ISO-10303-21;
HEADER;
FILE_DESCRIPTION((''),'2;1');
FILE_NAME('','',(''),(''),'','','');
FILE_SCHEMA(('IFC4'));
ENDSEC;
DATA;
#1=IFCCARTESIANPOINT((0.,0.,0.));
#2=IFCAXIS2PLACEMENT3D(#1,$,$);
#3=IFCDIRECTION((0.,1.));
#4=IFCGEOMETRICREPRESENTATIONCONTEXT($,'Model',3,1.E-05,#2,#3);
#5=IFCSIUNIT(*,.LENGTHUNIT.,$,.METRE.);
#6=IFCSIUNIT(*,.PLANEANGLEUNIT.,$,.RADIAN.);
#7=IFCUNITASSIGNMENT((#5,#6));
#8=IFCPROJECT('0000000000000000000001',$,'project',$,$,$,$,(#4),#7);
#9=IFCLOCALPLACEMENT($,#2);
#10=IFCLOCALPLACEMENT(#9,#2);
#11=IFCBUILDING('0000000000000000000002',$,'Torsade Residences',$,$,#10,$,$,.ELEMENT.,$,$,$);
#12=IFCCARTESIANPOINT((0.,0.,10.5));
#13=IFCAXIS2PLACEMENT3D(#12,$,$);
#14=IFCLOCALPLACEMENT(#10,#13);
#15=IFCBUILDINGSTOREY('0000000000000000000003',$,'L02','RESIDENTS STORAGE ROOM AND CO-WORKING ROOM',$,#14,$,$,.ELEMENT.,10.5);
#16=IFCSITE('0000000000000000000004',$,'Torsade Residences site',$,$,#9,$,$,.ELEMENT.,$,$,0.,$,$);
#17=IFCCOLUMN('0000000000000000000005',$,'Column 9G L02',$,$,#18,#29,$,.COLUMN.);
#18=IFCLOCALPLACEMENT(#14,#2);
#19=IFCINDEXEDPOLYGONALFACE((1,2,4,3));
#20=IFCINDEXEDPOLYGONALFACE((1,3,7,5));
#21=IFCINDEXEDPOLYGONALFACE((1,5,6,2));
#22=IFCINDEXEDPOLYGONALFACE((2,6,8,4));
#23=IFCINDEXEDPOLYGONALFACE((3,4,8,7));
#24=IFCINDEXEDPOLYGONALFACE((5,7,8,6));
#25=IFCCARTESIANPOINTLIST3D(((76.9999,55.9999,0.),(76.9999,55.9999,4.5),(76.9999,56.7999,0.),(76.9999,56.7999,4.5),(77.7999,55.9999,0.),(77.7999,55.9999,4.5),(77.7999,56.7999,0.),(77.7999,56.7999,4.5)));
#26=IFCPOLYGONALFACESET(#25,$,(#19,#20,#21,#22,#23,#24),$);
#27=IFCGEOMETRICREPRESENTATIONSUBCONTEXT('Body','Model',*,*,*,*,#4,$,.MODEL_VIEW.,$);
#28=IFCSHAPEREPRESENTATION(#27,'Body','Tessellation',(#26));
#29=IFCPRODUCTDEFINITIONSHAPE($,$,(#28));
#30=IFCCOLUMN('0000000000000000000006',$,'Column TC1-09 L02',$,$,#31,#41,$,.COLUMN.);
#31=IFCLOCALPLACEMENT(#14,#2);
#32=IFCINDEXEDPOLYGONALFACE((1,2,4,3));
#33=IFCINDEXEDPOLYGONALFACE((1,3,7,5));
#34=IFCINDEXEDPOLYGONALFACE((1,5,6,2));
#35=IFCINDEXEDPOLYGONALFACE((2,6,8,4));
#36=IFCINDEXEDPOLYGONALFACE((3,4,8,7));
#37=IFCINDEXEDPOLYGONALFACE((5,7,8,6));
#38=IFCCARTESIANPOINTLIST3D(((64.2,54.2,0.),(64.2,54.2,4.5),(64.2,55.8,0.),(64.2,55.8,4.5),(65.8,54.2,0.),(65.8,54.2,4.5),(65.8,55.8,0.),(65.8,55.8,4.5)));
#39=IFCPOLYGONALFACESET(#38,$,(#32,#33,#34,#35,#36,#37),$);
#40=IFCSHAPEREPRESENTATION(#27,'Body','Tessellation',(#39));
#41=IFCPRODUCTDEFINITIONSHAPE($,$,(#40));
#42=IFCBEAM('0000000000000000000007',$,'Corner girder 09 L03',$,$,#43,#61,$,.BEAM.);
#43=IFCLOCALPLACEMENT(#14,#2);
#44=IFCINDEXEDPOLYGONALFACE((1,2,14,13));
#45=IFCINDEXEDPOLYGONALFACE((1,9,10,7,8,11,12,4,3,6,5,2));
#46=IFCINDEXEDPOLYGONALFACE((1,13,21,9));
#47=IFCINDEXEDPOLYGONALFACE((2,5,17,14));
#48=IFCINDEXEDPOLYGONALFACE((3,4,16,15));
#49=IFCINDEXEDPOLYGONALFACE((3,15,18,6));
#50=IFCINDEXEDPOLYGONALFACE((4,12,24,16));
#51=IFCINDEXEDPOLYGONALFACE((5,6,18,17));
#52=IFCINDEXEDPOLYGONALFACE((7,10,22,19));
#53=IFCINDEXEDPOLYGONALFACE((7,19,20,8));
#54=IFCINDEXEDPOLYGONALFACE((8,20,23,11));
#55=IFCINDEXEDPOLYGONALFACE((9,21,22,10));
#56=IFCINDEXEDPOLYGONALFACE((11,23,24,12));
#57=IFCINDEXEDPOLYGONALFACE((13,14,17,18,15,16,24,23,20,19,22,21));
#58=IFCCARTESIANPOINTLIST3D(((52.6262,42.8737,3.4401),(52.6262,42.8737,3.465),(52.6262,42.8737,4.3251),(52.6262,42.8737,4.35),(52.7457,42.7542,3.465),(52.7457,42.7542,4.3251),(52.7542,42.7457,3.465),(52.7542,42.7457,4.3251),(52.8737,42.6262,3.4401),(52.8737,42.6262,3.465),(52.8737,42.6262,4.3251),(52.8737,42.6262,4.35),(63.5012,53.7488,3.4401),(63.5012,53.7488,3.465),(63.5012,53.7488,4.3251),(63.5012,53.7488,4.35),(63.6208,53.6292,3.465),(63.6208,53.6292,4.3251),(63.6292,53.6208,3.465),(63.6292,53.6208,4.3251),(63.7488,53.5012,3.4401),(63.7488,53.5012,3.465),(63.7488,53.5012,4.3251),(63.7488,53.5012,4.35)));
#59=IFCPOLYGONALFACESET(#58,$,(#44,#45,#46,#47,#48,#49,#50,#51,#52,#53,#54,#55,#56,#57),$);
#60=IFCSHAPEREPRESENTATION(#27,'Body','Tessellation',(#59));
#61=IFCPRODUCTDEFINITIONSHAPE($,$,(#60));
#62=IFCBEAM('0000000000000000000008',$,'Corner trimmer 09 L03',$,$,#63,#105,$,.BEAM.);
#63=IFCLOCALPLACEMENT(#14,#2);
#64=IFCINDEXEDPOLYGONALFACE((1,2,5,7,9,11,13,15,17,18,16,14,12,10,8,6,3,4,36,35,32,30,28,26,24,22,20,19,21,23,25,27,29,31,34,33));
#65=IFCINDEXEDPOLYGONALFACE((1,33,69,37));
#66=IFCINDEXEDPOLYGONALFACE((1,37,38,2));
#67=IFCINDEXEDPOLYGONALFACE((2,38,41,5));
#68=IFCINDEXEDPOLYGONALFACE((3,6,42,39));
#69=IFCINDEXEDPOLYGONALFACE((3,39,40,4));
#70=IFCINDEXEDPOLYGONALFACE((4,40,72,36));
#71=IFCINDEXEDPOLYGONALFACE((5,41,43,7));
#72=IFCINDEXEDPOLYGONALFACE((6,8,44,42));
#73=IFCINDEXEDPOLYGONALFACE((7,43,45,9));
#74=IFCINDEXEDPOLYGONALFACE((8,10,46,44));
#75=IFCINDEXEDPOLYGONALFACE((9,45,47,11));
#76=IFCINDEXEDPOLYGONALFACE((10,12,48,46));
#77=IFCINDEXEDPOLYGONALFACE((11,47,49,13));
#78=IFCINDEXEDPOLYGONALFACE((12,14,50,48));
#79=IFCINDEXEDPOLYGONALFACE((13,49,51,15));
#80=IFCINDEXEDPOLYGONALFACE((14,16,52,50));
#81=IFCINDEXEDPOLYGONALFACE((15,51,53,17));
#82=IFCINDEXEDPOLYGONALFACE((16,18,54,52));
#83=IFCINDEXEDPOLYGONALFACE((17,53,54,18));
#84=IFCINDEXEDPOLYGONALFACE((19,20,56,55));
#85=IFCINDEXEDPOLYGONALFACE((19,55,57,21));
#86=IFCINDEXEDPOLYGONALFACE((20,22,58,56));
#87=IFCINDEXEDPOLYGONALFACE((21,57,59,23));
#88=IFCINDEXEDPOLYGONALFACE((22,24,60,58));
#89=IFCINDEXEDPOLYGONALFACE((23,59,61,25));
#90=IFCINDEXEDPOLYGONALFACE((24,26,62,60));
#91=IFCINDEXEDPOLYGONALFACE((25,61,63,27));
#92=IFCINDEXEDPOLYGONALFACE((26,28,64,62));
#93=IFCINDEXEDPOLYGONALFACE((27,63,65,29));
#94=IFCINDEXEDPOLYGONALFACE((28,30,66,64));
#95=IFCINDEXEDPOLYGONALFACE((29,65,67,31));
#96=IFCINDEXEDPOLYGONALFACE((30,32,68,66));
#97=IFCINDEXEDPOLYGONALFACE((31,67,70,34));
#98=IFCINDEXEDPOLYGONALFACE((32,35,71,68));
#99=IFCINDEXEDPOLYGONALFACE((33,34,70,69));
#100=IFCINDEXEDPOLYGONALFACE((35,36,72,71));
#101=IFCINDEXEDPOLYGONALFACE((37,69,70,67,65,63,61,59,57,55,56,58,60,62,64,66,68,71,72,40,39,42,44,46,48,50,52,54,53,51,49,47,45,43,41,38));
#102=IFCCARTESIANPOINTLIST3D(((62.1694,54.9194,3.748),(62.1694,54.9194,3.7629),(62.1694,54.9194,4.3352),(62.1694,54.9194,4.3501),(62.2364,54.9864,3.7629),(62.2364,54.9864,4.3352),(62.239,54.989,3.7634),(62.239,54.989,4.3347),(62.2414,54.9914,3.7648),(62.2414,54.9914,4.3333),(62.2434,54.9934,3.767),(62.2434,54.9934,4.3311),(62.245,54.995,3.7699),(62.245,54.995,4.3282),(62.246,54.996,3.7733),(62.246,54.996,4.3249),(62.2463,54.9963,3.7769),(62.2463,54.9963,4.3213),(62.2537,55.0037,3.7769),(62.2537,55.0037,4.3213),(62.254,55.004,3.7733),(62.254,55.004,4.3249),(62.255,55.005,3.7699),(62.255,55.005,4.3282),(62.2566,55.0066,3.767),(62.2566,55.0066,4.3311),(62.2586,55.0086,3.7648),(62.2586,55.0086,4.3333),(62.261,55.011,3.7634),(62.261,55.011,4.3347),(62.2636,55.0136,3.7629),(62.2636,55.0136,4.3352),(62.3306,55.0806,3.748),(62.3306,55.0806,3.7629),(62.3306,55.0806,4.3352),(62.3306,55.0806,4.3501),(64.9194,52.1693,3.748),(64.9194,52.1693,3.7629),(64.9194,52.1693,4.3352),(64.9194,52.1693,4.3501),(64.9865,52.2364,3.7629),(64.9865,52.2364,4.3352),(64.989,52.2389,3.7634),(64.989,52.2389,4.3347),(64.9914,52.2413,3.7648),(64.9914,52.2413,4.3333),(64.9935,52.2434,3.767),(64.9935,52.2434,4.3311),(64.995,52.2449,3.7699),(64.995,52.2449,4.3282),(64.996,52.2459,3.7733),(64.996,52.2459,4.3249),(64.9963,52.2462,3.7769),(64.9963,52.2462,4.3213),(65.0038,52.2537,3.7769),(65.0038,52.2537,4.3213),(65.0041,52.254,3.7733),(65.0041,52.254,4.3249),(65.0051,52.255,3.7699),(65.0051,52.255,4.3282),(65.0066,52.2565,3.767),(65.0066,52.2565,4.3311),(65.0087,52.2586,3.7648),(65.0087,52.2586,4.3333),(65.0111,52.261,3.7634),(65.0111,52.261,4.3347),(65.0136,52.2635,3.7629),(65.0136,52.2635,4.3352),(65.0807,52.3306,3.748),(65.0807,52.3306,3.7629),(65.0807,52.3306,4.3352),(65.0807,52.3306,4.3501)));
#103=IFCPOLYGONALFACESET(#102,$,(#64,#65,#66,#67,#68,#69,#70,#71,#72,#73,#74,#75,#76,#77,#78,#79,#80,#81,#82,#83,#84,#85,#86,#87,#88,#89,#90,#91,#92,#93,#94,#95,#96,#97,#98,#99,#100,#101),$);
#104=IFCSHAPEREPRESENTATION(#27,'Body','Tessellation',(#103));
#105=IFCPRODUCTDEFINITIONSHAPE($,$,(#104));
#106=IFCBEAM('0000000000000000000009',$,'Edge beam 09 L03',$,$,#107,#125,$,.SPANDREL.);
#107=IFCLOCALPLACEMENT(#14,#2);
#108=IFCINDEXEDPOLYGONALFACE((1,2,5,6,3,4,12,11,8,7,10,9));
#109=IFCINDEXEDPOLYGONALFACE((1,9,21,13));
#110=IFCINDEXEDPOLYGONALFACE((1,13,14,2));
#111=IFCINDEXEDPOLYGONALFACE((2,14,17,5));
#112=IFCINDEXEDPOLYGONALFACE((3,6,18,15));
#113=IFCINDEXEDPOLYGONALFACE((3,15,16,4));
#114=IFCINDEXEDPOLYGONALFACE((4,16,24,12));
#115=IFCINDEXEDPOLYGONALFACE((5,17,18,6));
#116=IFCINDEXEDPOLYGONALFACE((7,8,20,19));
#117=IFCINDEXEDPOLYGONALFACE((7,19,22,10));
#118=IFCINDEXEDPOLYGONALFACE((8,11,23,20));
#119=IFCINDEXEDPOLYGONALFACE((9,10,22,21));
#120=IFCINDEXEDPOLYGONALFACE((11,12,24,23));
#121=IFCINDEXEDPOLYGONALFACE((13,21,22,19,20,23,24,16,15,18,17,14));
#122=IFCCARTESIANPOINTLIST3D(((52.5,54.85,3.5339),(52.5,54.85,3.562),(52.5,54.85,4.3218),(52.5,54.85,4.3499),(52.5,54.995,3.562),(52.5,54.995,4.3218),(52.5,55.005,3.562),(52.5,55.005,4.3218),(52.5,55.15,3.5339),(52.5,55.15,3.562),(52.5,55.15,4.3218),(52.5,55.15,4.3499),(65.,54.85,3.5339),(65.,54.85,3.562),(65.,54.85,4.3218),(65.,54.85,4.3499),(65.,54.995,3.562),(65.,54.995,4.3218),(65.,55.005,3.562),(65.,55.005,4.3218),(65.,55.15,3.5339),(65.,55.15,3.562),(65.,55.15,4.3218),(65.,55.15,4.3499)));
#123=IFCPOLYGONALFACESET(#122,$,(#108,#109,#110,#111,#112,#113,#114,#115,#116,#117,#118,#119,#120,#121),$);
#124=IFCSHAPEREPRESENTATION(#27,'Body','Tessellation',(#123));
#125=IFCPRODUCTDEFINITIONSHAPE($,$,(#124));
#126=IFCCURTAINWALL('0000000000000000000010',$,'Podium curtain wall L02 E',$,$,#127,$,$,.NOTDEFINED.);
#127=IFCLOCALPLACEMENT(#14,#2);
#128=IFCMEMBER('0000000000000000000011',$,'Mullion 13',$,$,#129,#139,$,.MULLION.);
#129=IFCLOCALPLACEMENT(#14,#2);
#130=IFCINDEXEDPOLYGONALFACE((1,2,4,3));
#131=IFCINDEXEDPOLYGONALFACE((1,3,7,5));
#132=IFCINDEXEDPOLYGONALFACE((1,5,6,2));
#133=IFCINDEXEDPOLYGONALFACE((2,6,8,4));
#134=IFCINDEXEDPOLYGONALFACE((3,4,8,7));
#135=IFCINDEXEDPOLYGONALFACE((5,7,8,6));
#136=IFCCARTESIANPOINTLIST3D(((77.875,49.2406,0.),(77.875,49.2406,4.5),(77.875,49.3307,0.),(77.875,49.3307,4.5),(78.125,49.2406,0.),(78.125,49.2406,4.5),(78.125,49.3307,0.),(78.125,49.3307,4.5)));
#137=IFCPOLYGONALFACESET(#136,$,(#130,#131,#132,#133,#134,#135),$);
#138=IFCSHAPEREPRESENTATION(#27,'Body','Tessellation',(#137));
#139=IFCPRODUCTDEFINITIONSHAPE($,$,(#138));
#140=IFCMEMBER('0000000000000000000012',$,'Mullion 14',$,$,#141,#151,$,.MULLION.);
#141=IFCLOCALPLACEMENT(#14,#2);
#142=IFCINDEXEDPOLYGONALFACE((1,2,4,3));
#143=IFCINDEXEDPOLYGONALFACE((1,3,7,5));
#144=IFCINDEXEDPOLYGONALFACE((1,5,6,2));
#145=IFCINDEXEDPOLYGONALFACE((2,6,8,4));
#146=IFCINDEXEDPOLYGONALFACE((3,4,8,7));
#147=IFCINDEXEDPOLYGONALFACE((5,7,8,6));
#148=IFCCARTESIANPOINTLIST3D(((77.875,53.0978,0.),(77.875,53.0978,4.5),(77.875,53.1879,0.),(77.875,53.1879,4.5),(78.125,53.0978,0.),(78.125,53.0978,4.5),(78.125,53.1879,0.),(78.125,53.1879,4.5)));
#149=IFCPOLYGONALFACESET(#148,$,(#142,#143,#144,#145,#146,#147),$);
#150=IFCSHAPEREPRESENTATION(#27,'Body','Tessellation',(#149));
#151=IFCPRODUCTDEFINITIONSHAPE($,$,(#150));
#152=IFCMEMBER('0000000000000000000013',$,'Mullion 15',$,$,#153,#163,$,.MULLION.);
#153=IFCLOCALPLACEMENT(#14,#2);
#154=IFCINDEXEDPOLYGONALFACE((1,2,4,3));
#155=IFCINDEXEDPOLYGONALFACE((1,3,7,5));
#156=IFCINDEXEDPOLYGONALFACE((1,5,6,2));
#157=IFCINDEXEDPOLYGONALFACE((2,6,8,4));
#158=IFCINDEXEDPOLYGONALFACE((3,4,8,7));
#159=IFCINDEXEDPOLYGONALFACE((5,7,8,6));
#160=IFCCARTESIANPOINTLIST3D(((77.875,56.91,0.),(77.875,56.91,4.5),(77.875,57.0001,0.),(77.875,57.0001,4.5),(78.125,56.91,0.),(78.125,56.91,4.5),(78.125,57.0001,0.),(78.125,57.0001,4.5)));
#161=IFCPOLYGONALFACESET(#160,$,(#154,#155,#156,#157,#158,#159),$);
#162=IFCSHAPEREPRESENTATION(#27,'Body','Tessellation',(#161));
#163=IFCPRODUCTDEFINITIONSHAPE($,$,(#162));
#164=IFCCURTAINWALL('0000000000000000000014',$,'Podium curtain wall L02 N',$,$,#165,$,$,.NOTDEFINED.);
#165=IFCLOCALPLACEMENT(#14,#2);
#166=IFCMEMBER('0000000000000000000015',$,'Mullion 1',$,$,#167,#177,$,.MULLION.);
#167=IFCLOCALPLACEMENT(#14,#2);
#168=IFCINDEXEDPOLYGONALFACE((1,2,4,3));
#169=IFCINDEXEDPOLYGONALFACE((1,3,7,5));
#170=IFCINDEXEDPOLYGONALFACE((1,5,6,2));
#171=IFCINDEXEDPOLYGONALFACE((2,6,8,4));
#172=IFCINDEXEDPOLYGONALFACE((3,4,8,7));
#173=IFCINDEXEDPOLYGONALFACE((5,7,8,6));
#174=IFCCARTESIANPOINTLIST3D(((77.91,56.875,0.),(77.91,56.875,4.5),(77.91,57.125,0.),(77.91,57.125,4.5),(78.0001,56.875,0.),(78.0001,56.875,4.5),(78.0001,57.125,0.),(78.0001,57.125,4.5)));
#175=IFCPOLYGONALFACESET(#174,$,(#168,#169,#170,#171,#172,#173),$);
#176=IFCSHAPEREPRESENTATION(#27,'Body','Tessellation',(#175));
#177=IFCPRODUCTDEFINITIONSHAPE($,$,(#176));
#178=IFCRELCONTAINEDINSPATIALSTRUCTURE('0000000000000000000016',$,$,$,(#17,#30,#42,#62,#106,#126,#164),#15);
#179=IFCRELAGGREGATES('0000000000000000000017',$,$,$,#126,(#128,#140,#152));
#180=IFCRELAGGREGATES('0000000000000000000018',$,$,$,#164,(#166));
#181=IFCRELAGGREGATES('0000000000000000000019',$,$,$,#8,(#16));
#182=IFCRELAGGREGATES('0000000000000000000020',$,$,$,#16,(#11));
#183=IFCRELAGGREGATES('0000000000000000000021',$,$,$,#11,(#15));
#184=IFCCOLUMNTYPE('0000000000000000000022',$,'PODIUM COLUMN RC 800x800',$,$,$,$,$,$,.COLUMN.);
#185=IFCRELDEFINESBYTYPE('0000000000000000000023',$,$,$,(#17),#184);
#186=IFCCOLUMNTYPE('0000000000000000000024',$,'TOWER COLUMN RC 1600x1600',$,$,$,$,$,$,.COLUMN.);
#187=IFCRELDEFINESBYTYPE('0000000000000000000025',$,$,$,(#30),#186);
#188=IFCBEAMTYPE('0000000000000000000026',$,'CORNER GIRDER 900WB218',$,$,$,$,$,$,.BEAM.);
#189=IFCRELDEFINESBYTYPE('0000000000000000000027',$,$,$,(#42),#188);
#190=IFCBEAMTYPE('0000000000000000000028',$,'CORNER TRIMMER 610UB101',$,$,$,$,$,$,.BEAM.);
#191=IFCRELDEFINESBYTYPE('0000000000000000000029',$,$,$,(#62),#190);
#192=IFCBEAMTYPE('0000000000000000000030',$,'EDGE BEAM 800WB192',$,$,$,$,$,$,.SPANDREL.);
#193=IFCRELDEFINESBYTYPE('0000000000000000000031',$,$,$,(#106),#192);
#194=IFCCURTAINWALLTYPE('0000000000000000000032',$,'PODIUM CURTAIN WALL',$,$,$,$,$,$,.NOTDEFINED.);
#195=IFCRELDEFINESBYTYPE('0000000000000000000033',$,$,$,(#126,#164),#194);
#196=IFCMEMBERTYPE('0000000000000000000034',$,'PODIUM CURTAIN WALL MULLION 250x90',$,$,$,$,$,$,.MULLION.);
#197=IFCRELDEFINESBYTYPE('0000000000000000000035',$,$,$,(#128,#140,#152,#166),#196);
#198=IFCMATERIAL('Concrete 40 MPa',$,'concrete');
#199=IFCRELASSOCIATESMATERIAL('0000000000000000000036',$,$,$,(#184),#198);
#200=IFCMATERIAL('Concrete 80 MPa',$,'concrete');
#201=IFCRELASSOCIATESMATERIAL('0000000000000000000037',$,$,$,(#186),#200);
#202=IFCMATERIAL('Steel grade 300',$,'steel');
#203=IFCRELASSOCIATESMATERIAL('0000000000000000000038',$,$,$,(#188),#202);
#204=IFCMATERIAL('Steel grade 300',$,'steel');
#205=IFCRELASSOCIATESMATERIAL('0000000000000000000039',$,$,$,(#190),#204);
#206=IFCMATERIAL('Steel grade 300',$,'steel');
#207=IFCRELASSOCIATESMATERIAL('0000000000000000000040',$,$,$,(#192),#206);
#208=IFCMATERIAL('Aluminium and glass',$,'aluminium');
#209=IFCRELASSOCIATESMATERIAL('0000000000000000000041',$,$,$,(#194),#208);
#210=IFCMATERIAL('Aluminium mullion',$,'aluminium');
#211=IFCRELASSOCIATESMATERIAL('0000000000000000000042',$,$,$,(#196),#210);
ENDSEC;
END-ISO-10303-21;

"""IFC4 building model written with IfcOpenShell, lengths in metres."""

from ifc_helpers import new_model, si_unit, direction, frame, origin, origin_2d, place, context, subcontext, project, spatial, rectangle, i_section, extrude, material, material_profile, profile_set, type_object, element, aggregate, save


model = new_model("IFC4")

# Units and contexts
model_context = context("Model", 3, precision=1e-05, world=origin(), true_north=direction((0.0, 1.0)))
body_context = subcontext(model_context, "Body", "Model", "MODEL_VIEW")
ifc_project = project(units=[si_unit("LENGTHUNIT", "METRE"), si_unit("PLANEANGLEUNIT", "RADIAN")], contexts=[model_context])

# Site, building, storey
site_placement = place(None, origin())
site = spatial("IfcSite", under=ifc_project, at=site_placement, Name="Torsade Residences site", CompositionType="ELEMENT", RefElevation=0.0)
building_placement = place(site_placement, origin())
building = spatial("IfcBuilding", under=site, at=building_placement, Name="Torsade Residences", CompositionType="ELEMENT")
storey_placement = place(building_placement, frame((0.0, 0.0, 10.5)))
storey = spatial("IfcBuildingStorey", under=building, at=storey_placement, Name="L02", Description="RESIDENTS STORAGE ROOM AND CO-WORKING ROOM", CompositionType="ELEMENT", Elevation=10.5)

# Columns
ifc_material_1 = material(Name="Concrete 40 MPa", Category="concrete")
ifc_material_profile_1 = material_profile(ifc_material_1, rectangle(XDim=0.8, YDim=0.8, at=origin_2d()), Name="RC 800x800")
ifc_profile_set_1 = profile_set([ifc_material_profile_1], Name="Concrete 40 MPa")
column_type_1 = type_object("IfcColumnType", Name="PODIUM COLUMN RC 800x800", PredefinedType="COLUMN", material=ifc_profile_set_1)
column_1_placement = place(storey_placement, frame((77.3999, 56.3999, 0.0), z_axis=(0.0, 0.0, 1.0), x_axis=(1.0, 0.0, 0.0)))
element("IfcColumn", 1, at=column_1_placement, inside=storey, type_object=column_type_1, Name="Column 9G L02", PredefinedType="COLUMN", context=body_context, shape_type="SweptSolid", body=[
    extrude(rectangle(XDim=0.8, YDim=0.8, at=origin_2d()), origin(), (0.0, 0.0, 1.0), 4.5),
])
ifc_material_2 = material(Name="Concrete 80 MPa", Category="concrete")
ifc_material_profile_2 = material_profile(ifc_material_2, rectangle(XDim=1.6001, YDim=1.6001, at=origin_2d()), Name="RC 1600x1600")
ifc_profile_set_2 = profile_set([ifc_material_profile_2], Name="Concrete 80 MPa")
column_type_2 = type_object("IfcColumnType", Name="TOWER COLUMN RC 1600x1600", PredefinedType="COLUMN", material=ifc_profile_set_2)
column_2_placement = place(storey_placement, frame((65.0, 55.0, 0.0), z_axis=(0.0, 0.0, 1.0), x_axis=(1.0, 0.0, 0.0)))
element("IfcColumn", 2, at=column_2_placement, inside=storey, type_object=column_type_2, Name="Column TC1-09 L02", PredefinedType="COLUMN", context=body_context, shape_type="SweptSolid", body=[
    extrude(rectangle(XDim=1.6001, YDim=1.6001, at=origin_2d()), origin(), (0.0, 0.0, 1.0), 4.5),
])

# Beams
ifc_material_3 = material(Name="Steel grade 300", Category="steel")
ifc_material_profile_3 = material_profile(ifc_material_3, i_section(OverallWidth=0.3501, OverallDepth=0.9099, WebThickness=0.012, FlangeThickness=0.0249, at=origin_2d()), Name="900WB218")
ifc_profile_set_3 = profile_set([ifc_material_profile_3], Name="Steel grade 300")
beam_type_1 = type_object("IfcBeamType", Name="CORNER GIRDER 900WB218", PredefinedType="BEAM", material=ifc_profile_set_3)
beam_1_placement = place(storey_placement, frame((63.625, 53.625, 3.895), z_axis=(-0.707107, -0.707107, 0.0), x_axis=(0.707107, -0.707107, 0.0)))
element("IfcBeam", 3, at=beam_1_placement, inside=storey, type_object=beam_type_1, Name="Corner girder 09 L03", PredefinedType="BEAM", context=body_context, shape_type="SweptSolid", body=[
    extrude(i_section(OverallWidth=0.3501, OverallDepth=0.9099, WebThickness=0.012, FlangeThickness=0.0249, at=origin_2d()), origin(), (0.0, 0.0, 1.0), 15.3796),
])
ifc_material_4 = material(Name="Steel grade 300", Category="steel")
ifc_material_profile_4 = material_profile(ifc_material_4, i_section(OverallWidth=0.228, OverallDepth=0.6021, WebThickness=0.0105, FlangeThickness=0.0149, FilletRadius=0.0139, at=origin_2d()), Name="610UB101")
ifc_profile_set_4 = profile_set([ifc_material_profile_4], Name="Steel grade 300")
beam_type_2 = type_object("IfcBeamType", Name="CORNER TRIMMER 610UB101", PredefinedType="BEAM", material=ifc_profile_set_4)
beam_2_placement = place(storey_placement, frame((62.25, 55.0, 4.0491), z_axis=(0.707107, -0.707107, 0.0), x_axis=(0.707107, 0.707107, 0.0)))
element("IfcBeam", 4, at=beam_2_placement, inside=storey, type_object=beam_type_2, Name="Corner trimmer 09 L03", PredefinedType="BEAM", context=body_context, shape_type="SweptSolid", body=[
    extrude(i_section(OverallWidth=0.228, OverallDepth=0.6021, WebThickness=0.0105, FlangeThickness=0.0149, FilletRadius=0.0139, at=origin_2d()), origin(), (0.0, 0.0, 1.0), 3.8892),
])
ifc_material_5 = material(Name="Steel grade 300", Category="steel")
ifc_material_profile_5 = material_profile(ifc_material_5, i_section(OverallWidth=0.3, OverallDepth=0.8159, WebThickness=0.01, FlangeThickness=0.0281, at=origin_2d()), Name="800WB192")
ifc_profile_set_5 = profile_set([ifc_material_profile_5], Name="Steel grade 300")
beam_type_3 = type_object("IfcBeamType", Name="EDGE BEAM 800WB192", PredefinedType="SPANDREL", material=ifc_profile_set_5)
beam_3_placement = place(storey_placement, frame((65.0, 55.0, 3.9419), z_axis=(-1.0, 0.0, 0.0), x_axis=(0.0, -1.0, 0.0)))
element("IfcBeam", 5, at=beam_3_placement, inside=storey, type_object=beam_type_3, Name="Edge beam 09 L03", PredefinedType="SPANDREL", context=body_context, shape_type="SweptSolid", body=[
    extrude(i_section(OverallWidth=0.3, OverallDepth=0.8159, WebThickness=0.01, FlangeThickness=0.0281, at=origin_2d()), origin(), (0.0, 0.0, 1.0), 12.5),
])

# Curtain walls, members
ifc_material_6 = material(Name="Aluminium and glass", Category="aluminium")
curtain_wall_type = type_object("IfcCurtainWallType", Name="PODIUM CURTAIN WALL", PredefinedType="NOTDEFINED", material=ifc_material_6)
curtain_wall_1_placement = place(storey_placement, origin())
curtain_wall_1 = element("IfcCurtainWall", 6, at=curtain_wall_1_placement, inside=storey, type_object=curtain_wall_type, Name="Podium curtain wall L02 E", PredefinedType="NOTDEFINED")
ifc_material_7 = material(Name="Aluminium mullion", Category="aluminium")
ifc_material_profile_6 = material_profile(ifc_material_7, rectangle(XDim=0.25, YDim=0.0901, at=origin_2d()), Name="PODIUM CURTAIN WALL MULLION 250x90")
ifc_profile_set_6 = profile_set([ifc_material_profile_6], Name="Aluminium mullion")
member_type_1 = type_object("IfcMemberType", Name="PODIUM CURTAIN WALL MULLION 250x90", PredefinedType="MULLION", material=ifc_profile_set_6)
member_1_placement = place(storey_placement, frame((78.0, 49.2856, 0.0), z_axis=(0.0, 0.0, 1.0), x_axis=(-1.0, 0.0, 0.0)))
member_1 = element("IfcMember", 7, at=member_1_placement, type_object=member_type_1, Name="Mullion 13", PredefinedType="MULLION", context=body_context, shape_type="SweptSolid", body=[
    extrude(rectangle(XDim=0.25, YDim=0.0901, at=origin_2d()), origin(), (0.0, 0.0, 1.0), 4.5),
])
member_2_placement = place(storey_placement, frame((78.0, 53.1428, 0.0), z_axis=(0.0, 0.0, 1.0), x_axis=(-1.0, 0.0, 0.0)))
member_2 = element("IfcMember", 8, at=member_2_placement, type_object=member_type_1, Name="Mullion 14", PredefinedType="MULLION", context=body_context, shape_type="SweptSolid", body=[
    extrude(rectangle(XDim=0.25, YDim=0.0901, at=origin_2d()), origin(), (0.0, 0.0, 1.0), 4.5),
])
member_3_placement = place(storey_placement, frame((78.0, 56.9551, 0.0), z_axis=(0.0, 0.0, 1.0), x_axis=(-1.0, 0.0, 0.0)))
member_3 = element("IfcMember", 9, at=member_3_placement, type_object=member_type_1, Name="Mullion 15", PredefinedType="MULLION", context=body_context, shape_type="SweptSolid", body=[
    extrude(rectangle(XDim=0.25, YDim=0.0901, at=origin_2d()), origin(), (0.0, 0.0, 1.0), 4.5),
])
curtain_wall_2_placement = place(storey_placement, origin())
curtain_wall_2 = element("IfcCurtainWall", 10, at=curtain_wall_2_placement, inside=storey, type_object=curtain_wall_type, Name="Podium curtain wall L02 N", PredefinedType="NOTDEFINED")
member_4_placement = place(storey_placement, frame((77.9551, 57.0, 0.0), z_axis=(0.0, 0.0, 1.0), x_axis=(0.0, -1.0, 0.0)))
member_4 = element("IfcMember", 11, at=member_4_placement, type_object=member_type_1, Name="Mullion 1", PredefinedType="MULLION", context=body_context, shape_type="SweptSolid", body=[
    extrude(rectangle(XDim=0.25, YDim=0.0901, at=origin_2d()), origin(), (0.0, 0.0, 1.0), 4.5),
])

aggregate(curtain_wall_1, [member_1, member_2, member_3])
aggregate(curtain_wall_2, [member_4])

save(model, "model.ifc")
